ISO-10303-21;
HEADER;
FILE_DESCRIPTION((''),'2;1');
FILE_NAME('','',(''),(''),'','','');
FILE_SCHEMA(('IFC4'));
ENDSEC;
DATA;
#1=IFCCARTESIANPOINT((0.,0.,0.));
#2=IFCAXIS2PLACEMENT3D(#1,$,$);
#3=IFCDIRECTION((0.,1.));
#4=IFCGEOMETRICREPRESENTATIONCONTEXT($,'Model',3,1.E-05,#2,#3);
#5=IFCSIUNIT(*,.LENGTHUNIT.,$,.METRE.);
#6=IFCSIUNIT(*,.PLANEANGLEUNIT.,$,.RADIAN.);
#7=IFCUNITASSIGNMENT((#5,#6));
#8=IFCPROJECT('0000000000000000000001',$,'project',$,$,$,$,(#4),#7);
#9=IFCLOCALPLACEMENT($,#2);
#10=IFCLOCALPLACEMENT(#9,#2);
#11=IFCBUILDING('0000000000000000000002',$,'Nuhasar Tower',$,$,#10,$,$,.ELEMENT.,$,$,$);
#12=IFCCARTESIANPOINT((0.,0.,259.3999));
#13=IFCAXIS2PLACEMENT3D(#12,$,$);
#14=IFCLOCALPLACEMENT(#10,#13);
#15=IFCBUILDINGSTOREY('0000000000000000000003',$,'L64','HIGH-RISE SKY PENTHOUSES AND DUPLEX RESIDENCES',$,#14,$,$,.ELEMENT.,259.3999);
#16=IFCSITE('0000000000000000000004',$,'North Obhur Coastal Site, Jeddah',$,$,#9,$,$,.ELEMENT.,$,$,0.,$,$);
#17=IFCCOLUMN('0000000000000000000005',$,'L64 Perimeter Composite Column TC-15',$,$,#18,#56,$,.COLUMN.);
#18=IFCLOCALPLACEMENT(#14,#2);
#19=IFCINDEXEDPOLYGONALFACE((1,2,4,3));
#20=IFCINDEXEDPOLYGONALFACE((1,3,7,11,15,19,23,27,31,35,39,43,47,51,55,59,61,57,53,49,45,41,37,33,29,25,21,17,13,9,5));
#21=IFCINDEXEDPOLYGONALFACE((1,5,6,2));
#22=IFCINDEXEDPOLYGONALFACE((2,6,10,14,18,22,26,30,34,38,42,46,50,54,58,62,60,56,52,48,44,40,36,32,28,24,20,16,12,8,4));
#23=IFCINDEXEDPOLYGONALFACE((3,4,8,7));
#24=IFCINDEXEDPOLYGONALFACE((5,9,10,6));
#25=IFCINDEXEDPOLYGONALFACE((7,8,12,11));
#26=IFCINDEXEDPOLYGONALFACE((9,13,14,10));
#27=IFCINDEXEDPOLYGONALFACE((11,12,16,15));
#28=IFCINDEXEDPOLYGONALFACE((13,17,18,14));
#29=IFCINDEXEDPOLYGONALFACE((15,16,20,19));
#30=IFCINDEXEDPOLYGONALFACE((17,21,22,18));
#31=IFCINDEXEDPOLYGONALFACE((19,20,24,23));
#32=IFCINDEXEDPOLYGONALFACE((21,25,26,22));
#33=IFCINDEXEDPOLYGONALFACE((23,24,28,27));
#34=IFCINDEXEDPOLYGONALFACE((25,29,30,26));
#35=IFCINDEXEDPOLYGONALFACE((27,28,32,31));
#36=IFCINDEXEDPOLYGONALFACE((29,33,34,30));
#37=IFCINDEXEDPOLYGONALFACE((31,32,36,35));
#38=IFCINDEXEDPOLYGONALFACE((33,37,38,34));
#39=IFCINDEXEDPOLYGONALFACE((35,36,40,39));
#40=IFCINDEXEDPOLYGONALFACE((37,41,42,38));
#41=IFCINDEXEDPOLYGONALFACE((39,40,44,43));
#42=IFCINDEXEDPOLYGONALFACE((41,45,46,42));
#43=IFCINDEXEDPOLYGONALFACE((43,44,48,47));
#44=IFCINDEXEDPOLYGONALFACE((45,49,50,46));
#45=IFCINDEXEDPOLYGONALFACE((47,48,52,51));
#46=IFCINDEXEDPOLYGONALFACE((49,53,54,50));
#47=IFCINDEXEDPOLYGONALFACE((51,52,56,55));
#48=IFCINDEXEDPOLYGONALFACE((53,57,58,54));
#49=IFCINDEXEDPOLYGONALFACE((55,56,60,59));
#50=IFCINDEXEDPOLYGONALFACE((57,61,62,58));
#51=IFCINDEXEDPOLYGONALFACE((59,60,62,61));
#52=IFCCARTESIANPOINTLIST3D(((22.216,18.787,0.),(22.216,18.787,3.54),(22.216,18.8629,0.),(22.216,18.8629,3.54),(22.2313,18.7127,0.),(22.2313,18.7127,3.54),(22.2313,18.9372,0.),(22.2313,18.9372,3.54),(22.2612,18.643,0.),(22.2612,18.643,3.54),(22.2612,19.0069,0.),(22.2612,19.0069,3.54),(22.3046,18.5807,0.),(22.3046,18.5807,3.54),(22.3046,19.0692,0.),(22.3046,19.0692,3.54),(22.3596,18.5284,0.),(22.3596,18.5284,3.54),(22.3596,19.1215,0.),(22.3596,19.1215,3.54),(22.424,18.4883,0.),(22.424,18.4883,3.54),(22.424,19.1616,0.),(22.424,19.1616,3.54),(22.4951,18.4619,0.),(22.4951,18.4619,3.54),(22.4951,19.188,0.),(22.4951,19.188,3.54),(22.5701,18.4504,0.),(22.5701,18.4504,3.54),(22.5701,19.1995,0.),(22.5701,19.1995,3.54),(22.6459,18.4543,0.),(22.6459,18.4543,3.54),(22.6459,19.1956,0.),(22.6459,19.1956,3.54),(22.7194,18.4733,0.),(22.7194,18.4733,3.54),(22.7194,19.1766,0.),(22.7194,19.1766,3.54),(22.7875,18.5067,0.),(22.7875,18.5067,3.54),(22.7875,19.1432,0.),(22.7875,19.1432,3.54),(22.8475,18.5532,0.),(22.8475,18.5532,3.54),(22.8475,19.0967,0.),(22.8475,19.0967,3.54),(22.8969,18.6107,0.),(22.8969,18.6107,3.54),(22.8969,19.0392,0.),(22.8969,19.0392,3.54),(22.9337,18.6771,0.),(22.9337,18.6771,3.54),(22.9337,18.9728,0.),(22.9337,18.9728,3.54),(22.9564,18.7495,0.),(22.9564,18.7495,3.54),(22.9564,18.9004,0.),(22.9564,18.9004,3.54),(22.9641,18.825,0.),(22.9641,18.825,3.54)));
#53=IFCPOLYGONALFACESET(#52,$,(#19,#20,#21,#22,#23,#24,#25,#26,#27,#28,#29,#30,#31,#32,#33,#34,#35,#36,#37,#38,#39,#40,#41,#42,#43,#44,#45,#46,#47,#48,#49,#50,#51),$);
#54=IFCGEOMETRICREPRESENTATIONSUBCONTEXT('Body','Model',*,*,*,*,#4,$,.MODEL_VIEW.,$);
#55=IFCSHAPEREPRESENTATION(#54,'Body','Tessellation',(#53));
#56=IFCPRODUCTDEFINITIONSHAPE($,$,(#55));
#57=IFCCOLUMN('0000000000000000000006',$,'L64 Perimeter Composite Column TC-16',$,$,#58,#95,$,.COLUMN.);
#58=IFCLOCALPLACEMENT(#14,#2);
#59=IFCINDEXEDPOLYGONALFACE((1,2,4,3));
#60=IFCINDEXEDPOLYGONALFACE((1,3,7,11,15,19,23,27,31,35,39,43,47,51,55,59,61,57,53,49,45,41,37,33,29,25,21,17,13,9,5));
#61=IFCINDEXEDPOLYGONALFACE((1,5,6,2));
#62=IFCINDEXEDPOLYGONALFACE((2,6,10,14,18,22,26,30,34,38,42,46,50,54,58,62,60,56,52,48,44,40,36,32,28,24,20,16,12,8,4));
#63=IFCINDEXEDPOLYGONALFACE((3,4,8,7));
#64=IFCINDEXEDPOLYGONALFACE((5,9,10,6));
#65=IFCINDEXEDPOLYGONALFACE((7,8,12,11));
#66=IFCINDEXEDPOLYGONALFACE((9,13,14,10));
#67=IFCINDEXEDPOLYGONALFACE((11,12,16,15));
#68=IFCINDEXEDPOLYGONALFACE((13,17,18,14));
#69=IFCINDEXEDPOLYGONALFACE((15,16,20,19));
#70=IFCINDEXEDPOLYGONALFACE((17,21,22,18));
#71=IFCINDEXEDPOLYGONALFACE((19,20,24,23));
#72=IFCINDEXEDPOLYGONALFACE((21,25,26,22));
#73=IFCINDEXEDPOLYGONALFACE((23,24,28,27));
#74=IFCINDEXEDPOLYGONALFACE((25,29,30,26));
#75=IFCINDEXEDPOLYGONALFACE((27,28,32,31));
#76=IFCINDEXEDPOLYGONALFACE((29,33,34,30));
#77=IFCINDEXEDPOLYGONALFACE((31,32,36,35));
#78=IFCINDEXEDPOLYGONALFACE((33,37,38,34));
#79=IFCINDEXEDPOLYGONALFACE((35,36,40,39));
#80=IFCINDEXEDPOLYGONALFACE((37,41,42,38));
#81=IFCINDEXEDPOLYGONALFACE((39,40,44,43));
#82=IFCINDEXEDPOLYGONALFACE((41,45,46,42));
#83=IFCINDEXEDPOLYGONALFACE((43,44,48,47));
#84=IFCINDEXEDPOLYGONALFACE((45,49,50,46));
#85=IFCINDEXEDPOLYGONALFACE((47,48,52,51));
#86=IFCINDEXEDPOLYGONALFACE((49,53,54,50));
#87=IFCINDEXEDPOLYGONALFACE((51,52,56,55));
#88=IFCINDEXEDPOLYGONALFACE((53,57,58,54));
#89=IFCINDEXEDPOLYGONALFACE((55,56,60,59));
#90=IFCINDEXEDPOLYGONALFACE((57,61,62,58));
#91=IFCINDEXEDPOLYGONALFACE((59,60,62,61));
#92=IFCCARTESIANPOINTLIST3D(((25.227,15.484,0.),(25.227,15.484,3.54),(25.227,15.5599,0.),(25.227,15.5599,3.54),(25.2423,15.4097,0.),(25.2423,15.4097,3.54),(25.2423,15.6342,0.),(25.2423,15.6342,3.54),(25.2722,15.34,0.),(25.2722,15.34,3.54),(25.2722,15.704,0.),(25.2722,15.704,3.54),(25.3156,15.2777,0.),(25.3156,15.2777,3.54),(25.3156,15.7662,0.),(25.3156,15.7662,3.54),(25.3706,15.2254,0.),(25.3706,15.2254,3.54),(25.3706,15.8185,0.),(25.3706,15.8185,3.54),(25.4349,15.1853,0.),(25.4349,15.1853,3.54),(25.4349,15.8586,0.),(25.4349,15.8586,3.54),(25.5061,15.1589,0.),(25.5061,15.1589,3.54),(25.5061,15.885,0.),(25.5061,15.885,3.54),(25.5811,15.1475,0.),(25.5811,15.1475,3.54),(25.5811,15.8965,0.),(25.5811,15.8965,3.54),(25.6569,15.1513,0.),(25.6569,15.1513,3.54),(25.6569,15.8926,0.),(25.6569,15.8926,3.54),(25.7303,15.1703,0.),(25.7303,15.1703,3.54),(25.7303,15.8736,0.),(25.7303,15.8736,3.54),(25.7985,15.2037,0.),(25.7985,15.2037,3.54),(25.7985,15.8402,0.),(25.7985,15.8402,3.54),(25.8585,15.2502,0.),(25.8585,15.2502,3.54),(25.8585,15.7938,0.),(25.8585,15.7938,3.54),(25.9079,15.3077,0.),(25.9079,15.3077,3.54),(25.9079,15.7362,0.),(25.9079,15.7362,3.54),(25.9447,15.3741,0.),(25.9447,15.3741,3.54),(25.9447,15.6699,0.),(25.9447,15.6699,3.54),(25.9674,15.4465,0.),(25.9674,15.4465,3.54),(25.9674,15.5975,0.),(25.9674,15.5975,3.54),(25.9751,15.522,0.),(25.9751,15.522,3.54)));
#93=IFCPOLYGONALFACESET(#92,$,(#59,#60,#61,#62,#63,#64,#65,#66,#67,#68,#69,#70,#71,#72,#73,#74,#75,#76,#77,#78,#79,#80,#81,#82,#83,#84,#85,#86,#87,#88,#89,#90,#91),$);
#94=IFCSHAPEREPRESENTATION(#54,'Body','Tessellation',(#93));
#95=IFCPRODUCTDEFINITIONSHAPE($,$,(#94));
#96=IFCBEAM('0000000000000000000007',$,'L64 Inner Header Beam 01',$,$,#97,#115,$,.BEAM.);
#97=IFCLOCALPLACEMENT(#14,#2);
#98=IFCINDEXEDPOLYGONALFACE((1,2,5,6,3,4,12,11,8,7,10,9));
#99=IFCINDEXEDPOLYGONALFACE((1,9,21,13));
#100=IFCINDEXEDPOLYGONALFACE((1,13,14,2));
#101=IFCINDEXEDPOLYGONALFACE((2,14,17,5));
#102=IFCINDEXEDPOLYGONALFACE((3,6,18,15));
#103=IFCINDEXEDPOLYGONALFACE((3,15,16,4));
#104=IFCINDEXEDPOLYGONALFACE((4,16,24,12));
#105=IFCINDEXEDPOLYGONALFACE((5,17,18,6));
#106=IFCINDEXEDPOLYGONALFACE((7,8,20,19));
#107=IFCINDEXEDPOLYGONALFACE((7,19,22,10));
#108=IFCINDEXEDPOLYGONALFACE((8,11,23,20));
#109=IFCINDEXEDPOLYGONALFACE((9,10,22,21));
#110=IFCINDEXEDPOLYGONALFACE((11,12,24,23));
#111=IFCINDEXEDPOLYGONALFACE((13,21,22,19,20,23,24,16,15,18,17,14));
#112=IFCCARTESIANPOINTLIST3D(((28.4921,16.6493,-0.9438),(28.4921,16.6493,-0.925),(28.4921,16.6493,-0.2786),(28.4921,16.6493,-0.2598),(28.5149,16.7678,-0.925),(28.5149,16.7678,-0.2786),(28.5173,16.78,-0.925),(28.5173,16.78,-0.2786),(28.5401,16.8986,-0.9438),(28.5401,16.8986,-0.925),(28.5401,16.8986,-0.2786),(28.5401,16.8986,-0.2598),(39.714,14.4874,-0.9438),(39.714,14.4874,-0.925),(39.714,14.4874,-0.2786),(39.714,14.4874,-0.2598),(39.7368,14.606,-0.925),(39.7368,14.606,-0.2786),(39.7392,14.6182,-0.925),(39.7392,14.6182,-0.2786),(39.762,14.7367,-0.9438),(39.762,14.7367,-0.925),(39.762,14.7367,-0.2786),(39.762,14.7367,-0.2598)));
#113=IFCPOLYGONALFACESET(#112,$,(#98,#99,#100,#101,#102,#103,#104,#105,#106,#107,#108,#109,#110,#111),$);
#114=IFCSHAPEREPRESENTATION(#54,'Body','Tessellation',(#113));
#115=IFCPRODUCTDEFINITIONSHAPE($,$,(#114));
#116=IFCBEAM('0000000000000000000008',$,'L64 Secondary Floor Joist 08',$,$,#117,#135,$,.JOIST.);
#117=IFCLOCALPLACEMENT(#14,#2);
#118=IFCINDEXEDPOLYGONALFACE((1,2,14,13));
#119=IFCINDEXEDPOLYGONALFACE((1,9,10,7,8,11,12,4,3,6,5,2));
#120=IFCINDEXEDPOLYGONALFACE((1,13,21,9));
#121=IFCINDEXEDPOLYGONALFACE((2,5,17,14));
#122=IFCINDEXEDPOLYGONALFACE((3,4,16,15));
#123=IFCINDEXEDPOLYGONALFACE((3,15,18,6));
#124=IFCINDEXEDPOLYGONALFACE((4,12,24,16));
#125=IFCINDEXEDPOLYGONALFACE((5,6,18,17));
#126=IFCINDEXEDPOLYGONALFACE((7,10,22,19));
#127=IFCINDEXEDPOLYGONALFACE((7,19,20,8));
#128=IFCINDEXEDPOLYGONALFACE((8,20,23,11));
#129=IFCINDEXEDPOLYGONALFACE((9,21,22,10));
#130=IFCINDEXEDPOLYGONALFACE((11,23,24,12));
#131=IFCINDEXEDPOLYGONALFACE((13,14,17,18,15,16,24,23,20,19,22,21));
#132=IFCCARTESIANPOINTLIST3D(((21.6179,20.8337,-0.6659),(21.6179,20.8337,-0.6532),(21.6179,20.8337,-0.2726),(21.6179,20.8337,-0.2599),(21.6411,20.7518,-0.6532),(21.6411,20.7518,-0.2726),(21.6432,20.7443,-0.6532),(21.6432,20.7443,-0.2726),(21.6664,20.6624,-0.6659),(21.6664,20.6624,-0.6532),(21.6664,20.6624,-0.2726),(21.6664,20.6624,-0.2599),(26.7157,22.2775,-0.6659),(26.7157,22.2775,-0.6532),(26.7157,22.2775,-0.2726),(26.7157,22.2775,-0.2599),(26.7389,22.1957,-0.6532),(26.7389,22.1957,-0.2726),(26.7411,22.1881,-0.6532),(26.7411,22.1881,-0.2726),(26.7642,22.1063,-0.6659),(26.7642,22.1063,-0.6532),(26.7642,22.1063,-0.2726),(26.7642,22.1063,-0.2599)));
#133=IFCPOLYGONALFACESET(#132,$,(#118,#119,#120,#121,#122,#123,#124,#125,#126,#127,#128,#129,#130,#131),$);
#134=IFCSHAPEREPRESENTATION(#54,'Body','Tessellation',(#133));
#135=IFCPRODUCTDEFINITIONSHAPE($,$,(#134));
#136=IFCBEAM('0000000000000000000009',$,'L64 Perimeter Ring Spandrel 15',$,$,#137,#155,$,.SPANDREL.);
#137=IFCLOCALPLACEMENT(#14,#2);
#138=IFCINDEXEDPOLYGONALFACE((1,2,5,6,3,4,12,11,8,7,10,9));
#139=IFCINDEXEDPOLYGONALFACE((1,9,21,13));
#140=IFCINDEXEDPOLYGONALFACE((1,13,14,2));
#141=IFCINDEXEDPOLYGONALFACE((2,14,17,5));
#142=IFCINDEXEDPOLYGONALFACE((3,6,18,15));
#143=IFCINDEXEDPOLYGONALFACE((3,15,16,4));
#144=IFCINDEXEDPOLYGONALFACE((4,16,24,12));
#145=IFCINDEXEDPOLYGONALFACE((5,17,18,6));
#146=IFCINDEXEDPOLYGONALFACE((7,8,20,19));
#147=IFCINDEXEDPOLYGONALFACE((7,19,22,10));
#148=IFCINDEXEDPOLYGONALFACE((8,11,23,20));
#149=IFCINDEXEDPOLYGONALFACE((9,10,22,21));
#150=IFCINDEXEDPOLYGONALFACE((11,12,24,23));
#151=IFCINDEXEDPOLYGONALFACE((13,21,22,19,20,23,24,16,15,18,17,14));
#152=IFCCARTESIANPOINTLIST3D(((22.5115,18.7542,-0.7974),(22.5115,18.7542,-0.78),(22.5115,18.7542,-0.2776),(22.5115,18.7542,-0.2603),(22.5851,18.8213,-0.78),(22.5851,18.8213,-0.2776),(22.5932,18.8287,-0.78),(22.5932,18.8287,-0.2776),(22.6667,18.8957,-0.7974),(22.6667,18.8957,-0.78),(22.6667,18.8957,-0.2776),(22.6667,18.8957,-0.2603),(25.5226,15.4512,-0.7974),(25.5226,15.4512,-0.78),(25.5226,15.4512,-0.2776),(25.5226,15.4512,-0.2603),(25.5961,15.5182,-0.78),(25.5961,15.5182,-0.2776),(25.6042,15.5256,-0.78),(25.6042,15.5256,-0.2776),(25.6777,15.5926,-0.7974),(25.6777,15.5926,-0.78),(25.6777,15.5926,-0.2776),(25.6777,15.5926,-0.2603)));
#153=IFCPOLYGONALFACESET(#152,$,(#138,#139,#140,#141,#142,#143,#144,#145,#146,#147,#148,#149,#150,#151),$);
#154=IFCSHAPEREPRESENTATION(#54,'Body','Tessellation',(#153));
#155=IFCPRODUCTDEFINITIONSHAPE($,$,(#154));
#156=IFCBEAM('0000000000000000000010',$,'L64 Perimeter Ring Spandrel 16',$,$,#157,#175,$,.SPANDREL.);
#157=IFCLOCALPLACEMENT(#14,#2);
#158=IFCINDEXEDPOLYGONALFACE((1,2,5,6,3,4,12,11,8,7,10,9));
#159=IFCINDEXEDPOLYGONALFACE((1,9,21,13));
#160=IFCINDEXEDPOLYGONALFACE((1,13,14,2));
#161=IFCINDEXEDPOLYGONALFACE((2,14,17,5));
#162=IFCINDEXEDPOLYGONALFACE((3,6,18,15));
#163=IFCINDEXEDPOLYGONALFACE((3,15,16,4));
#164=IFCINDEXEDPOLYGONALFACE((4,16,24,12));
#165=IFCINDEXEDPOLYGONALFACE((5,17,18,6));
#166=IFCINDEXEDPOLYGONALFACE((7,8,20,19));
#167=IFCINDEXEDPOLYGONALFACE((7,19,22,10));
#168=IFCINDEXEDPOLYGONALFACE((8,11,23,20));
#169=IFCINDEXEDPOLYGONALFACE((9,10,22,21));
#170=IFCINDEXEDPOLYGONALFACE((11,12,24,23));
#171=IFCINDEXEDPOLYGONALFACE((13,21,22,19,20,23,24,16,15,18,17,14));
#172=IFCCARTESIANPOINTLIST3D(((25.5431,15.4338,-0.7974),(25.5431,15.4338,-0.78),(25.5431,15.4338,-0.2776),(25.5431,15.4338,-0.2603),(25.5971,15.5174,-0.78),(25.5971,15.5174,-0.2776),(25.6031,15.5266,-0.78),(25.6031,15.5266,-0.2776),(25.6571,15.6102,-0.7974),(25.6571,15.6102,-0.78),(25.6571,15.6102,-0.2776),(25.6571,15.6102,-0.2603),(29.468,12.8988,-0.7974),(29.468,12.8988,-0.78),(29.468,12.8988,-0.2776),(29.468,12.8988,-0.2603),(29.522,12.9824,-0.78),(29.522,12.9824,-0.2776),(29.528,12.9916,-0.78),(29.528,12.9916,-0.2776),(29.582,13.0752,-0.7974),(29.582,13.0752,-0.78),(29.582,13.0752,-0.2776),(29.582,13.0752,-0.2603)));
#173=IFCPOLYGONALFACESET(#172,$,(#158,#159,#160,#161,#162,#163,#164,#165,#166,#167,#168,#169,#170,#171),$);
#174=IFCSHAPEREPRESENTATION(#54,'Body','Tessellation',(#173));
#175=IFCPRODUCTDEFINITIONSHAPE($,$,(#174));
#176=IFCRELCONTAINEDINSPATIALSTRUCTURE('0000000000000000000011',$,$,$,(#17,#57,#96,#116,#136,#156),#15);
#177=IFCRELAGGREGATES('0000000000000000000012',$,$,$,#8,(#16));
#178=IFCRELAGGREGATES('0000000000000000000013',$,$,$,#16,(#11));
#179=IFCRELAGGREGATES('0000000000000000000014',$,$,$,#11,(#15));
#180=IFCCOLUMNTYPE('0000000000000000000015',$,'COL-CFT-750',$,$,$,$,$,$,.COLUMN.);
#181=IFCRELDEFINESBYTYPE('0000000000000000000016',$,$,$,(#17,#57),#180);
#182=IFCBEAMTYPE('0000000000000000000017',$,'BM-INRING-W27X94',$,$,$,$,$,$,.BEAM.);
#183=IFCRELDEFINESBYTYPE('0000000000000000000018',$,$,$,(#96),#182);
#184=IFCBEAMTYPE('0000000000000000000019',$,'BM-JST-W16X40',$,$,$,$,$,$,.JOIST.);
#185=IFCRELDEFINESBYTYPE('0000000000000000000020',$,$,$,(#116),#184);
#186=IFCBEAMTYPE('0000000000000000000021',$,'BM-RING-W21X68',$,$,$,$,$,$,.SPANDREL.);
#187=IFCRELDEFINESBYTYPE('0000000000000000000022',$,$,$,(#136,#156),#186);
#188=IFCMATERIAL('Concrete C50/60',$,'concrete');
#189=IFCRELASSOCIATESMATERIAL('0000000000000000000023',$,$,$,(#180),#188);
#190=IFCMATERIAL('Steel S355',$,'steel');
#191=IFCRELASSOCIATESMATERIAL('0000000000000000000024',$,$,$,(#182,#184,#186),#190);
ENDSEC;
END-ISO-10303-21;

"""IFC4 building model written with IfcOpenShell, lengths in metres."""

from ifc_helpers import new_model, si_unit, direction, frame, origin, origin_2d, place, context, subcontext, project, spatial, circle, i_section, extrude, material, material_profile, profile_set, type_object, element, save


model = new_model("IFC4")

# Units and contexts
model_context = context("Model", 3, precision=1e-05, world=origin(), true_north=direction((0.0, 1.0)))
body_context = subcontext(model_context, "Body", "Model", "MODEL_VIEW")
ifc_project = project(units=[si_unit("LENGTHUNIT", "METRE"), si_unit("PLANEANGLEUNIT", "RADIAN")], contexts=[model_context])

# Site, building, storey
site_placement = place(None, origin())
site = spatial("IfcSite", under=ifc_project, at=site_placement, Name="North Obhur Coastal Site, Jeddah", CompositionType="ELEMENT", RefElevation=0.0)
building_placement = place(site_placement, origin())
building = spatial("IfcBuilding", under=site, at=building_placement, Name="Nuhasar Tower", CompositionType="ELEMENT")
storey_placement = place(building_placement, frame((0.0, 0.0, 259.3999)))
storey = spatial("IfcBuildingStorey", under=building, at=storey_placement, Name="L64", Description="HIGH-RISE SKY PENTHOUSES AND DUPLEX RESIDENCES", CompositionType="ELEMENT", Elevation=259.3999)

# Columns
ifc_material_1 = material(Name="Concrete C50/60", Category="concrete")
ifc_material_profile_1 = material_profile(ifc_material_1, circle(Radius=0.375, at=origin_2d()), Name="CFT750")
ifc_profile_set_1 = profile_set([ifc_material_profile_1], Name="Concrete C50/60")
column_type = type_object("IfcColumnType", Name="COL-CFT-750", PredefinedType="COLUMN", material=ifc_profile_set_1)
for number, where, z_axis, x_axis, name in (
    (1, (22.5891, 18.825, 0.0), (0.0, 0.0, 1.0), (1.0, 0.0, 0.0), "L64 Perimeter Composite Column TC-15"),
    (2, (25.6001, 15.522, 0.0), (0.0, 0.0, 1.0), (1.0, 0.0, 0.0), "L64 Perimeter Composite Column TC-16"),
):
    element("IfcColumn", number, at=place(storey_placement, frame(where, z_axis=z_axis, x_axis=x_axis)), inside=storey, type_object=column_type, Name=name, PredefinedType="COLUMN", context=body_context, shape_type="SweptSolid", body=[
        extrude(circle(Radius=0.375, at=origin_2d()), origin(), (0.0, 0.0, 1.0), 3.54),
    ])

# Beams
ifc_material_2 = material(Name="Steel S355", Category="steel")
ifc_material_profile_2 = material_profile(ifc_material_2, i_section(OverallWidth=0.2539, OverallDepth=0.6841, WebThickness=0.0125, FlangeThickness=0.0188, at=origin_2d()), Name="W27X94")
ifc_profile_set_2 = profile_set([ifc_material_profile_2], Name="Steel S355")
beam_type_1 = type_object("IfcBeamType", Name="BM-INRING-W27X94", PredefinedType="BEAM", material=ifc_profile_set_2)
beam_1_placement = place(storey_placement, frame((28.5161, 16.7739, -0.6018), z_axis=(0.981945, -0.189168, 0.0), x_axis=(0.189168, 0.981945, 0.0)))
element("IfcBeam", 3, at=beam_1_placement, inside=storey, type_object=beam_type_1, Name="L64 Inner Header Beam 01", PredefinedType="BEAM", context=body_context, shape_type="SweptSolid", body=[
    extrude(i_section(OverallWidth=0.2539, OverallDepth=0.6841, WebThickness=0.0125, FlangeThickness=0.0188, at=origin_2d()), origin(), (0.0, 0.0, 1.0), 11.4282),
])
ifc_material_profile_3 = material_profile(ifc_material_2, i_section(OverallWidth=0.178, OverallDepth=0.406, WebThickness=0.0078, FlangeThickness=0.0127, at=origin_2d()), Name="W16X40")
ifc_profile_set_3 = profile_set([ifc_material_profile_3], Name="Steel S355")
beam_type_2 = type_object("IfcBeamType", Name="BM-JST-W16X40", PredefinedType="JOIST", material=ifc_profile_set_3)
beam_2_placement = place(storey_placement, frame((26.74, 22.1919, -0.4629), z_axis=(-0.962154, -0.272505, 0.0), x_axis=(0.272505, -0.962154, 0.0)))
element("IfcBeam", 4, at=beam_2_placement, inside=storey, type_object=beam_type_2, Name="L64 Secondary Floor Joist 08", PredefinedType="JOIST", context=body_context, shape_type="SweptSolid", body=[
    extrude(i_section(OverallWidth=0.178, OverallDepth=0.406, WebThickness=0.0078, FlangeThickness=0.0127, at=origin_2d()), origin(), (0.0, 0.0, 1.0), 5.2983),
])
ifc_material_profile_4 = material_profile(ifc_material_2, i_section(OverallWidth=0.21, OverallDepth=0.5371, WebThickness=0.011, FlangeThickness=0.0173, at=origin_2d()), Name="W21X68")
ifc_profile_set_4 = profile_set([ifc_material_profile_4], Name="Steel S355")
beam_type_3 = type_object("IfcBeamType", Name="BM-RING-W21X68", PredefinedType="SPANDREL", material=ifc_profile_set_4)
beam_3_placement = place(storey_placement, frame((22.5891, 18.825, -0.5288), z_axis=(0.673686, -0.739017, 0.0), x_axis=(0.739017, 0.673686, 0.0)))
element("IfcBeam", 5, at=beam_3_placement, inside=storey, type_object=beam_type_3, Name="L64 Perimeter Ring Spandrel 15", PredefinedType="SPANDREL", context=body_context, shape_type="SweptSolid", body=[
    extrude(i_section(OverallWidth=0.21, OverallDepth=0.5371, WebThickness=0.011, FlangeThickness=0.0173, at=origin_2d()), origin(), (0.0, 0.0, 1.0), 4.4695),
])
beam_4_placement = place(storey_placement, frame((25.6001, 15.522, -0.5288), z_axis=(0.840025, -0.542547, 0.0), x_axis=(0.542547, 0.840025, 0.0)))
element("IfcBeam", 6, at=beam_4_placement, inside=storey, type_object=beam_type_3, Name="L64 Perimeter Ring Spandrel 16", PredefinedType="SPANDREL", context=body_context, shape_type="SweptSolid", body=[
    extrude(i_section(OverallWidth=0.21, OverallDepth=0.5371, WebThickness=0.011, FlangeThickness=0.0173, at=origin_2d()), origin(), (0.0, 0.0, 1.0), 4.6724),
])

save(model, "model.ifc")
